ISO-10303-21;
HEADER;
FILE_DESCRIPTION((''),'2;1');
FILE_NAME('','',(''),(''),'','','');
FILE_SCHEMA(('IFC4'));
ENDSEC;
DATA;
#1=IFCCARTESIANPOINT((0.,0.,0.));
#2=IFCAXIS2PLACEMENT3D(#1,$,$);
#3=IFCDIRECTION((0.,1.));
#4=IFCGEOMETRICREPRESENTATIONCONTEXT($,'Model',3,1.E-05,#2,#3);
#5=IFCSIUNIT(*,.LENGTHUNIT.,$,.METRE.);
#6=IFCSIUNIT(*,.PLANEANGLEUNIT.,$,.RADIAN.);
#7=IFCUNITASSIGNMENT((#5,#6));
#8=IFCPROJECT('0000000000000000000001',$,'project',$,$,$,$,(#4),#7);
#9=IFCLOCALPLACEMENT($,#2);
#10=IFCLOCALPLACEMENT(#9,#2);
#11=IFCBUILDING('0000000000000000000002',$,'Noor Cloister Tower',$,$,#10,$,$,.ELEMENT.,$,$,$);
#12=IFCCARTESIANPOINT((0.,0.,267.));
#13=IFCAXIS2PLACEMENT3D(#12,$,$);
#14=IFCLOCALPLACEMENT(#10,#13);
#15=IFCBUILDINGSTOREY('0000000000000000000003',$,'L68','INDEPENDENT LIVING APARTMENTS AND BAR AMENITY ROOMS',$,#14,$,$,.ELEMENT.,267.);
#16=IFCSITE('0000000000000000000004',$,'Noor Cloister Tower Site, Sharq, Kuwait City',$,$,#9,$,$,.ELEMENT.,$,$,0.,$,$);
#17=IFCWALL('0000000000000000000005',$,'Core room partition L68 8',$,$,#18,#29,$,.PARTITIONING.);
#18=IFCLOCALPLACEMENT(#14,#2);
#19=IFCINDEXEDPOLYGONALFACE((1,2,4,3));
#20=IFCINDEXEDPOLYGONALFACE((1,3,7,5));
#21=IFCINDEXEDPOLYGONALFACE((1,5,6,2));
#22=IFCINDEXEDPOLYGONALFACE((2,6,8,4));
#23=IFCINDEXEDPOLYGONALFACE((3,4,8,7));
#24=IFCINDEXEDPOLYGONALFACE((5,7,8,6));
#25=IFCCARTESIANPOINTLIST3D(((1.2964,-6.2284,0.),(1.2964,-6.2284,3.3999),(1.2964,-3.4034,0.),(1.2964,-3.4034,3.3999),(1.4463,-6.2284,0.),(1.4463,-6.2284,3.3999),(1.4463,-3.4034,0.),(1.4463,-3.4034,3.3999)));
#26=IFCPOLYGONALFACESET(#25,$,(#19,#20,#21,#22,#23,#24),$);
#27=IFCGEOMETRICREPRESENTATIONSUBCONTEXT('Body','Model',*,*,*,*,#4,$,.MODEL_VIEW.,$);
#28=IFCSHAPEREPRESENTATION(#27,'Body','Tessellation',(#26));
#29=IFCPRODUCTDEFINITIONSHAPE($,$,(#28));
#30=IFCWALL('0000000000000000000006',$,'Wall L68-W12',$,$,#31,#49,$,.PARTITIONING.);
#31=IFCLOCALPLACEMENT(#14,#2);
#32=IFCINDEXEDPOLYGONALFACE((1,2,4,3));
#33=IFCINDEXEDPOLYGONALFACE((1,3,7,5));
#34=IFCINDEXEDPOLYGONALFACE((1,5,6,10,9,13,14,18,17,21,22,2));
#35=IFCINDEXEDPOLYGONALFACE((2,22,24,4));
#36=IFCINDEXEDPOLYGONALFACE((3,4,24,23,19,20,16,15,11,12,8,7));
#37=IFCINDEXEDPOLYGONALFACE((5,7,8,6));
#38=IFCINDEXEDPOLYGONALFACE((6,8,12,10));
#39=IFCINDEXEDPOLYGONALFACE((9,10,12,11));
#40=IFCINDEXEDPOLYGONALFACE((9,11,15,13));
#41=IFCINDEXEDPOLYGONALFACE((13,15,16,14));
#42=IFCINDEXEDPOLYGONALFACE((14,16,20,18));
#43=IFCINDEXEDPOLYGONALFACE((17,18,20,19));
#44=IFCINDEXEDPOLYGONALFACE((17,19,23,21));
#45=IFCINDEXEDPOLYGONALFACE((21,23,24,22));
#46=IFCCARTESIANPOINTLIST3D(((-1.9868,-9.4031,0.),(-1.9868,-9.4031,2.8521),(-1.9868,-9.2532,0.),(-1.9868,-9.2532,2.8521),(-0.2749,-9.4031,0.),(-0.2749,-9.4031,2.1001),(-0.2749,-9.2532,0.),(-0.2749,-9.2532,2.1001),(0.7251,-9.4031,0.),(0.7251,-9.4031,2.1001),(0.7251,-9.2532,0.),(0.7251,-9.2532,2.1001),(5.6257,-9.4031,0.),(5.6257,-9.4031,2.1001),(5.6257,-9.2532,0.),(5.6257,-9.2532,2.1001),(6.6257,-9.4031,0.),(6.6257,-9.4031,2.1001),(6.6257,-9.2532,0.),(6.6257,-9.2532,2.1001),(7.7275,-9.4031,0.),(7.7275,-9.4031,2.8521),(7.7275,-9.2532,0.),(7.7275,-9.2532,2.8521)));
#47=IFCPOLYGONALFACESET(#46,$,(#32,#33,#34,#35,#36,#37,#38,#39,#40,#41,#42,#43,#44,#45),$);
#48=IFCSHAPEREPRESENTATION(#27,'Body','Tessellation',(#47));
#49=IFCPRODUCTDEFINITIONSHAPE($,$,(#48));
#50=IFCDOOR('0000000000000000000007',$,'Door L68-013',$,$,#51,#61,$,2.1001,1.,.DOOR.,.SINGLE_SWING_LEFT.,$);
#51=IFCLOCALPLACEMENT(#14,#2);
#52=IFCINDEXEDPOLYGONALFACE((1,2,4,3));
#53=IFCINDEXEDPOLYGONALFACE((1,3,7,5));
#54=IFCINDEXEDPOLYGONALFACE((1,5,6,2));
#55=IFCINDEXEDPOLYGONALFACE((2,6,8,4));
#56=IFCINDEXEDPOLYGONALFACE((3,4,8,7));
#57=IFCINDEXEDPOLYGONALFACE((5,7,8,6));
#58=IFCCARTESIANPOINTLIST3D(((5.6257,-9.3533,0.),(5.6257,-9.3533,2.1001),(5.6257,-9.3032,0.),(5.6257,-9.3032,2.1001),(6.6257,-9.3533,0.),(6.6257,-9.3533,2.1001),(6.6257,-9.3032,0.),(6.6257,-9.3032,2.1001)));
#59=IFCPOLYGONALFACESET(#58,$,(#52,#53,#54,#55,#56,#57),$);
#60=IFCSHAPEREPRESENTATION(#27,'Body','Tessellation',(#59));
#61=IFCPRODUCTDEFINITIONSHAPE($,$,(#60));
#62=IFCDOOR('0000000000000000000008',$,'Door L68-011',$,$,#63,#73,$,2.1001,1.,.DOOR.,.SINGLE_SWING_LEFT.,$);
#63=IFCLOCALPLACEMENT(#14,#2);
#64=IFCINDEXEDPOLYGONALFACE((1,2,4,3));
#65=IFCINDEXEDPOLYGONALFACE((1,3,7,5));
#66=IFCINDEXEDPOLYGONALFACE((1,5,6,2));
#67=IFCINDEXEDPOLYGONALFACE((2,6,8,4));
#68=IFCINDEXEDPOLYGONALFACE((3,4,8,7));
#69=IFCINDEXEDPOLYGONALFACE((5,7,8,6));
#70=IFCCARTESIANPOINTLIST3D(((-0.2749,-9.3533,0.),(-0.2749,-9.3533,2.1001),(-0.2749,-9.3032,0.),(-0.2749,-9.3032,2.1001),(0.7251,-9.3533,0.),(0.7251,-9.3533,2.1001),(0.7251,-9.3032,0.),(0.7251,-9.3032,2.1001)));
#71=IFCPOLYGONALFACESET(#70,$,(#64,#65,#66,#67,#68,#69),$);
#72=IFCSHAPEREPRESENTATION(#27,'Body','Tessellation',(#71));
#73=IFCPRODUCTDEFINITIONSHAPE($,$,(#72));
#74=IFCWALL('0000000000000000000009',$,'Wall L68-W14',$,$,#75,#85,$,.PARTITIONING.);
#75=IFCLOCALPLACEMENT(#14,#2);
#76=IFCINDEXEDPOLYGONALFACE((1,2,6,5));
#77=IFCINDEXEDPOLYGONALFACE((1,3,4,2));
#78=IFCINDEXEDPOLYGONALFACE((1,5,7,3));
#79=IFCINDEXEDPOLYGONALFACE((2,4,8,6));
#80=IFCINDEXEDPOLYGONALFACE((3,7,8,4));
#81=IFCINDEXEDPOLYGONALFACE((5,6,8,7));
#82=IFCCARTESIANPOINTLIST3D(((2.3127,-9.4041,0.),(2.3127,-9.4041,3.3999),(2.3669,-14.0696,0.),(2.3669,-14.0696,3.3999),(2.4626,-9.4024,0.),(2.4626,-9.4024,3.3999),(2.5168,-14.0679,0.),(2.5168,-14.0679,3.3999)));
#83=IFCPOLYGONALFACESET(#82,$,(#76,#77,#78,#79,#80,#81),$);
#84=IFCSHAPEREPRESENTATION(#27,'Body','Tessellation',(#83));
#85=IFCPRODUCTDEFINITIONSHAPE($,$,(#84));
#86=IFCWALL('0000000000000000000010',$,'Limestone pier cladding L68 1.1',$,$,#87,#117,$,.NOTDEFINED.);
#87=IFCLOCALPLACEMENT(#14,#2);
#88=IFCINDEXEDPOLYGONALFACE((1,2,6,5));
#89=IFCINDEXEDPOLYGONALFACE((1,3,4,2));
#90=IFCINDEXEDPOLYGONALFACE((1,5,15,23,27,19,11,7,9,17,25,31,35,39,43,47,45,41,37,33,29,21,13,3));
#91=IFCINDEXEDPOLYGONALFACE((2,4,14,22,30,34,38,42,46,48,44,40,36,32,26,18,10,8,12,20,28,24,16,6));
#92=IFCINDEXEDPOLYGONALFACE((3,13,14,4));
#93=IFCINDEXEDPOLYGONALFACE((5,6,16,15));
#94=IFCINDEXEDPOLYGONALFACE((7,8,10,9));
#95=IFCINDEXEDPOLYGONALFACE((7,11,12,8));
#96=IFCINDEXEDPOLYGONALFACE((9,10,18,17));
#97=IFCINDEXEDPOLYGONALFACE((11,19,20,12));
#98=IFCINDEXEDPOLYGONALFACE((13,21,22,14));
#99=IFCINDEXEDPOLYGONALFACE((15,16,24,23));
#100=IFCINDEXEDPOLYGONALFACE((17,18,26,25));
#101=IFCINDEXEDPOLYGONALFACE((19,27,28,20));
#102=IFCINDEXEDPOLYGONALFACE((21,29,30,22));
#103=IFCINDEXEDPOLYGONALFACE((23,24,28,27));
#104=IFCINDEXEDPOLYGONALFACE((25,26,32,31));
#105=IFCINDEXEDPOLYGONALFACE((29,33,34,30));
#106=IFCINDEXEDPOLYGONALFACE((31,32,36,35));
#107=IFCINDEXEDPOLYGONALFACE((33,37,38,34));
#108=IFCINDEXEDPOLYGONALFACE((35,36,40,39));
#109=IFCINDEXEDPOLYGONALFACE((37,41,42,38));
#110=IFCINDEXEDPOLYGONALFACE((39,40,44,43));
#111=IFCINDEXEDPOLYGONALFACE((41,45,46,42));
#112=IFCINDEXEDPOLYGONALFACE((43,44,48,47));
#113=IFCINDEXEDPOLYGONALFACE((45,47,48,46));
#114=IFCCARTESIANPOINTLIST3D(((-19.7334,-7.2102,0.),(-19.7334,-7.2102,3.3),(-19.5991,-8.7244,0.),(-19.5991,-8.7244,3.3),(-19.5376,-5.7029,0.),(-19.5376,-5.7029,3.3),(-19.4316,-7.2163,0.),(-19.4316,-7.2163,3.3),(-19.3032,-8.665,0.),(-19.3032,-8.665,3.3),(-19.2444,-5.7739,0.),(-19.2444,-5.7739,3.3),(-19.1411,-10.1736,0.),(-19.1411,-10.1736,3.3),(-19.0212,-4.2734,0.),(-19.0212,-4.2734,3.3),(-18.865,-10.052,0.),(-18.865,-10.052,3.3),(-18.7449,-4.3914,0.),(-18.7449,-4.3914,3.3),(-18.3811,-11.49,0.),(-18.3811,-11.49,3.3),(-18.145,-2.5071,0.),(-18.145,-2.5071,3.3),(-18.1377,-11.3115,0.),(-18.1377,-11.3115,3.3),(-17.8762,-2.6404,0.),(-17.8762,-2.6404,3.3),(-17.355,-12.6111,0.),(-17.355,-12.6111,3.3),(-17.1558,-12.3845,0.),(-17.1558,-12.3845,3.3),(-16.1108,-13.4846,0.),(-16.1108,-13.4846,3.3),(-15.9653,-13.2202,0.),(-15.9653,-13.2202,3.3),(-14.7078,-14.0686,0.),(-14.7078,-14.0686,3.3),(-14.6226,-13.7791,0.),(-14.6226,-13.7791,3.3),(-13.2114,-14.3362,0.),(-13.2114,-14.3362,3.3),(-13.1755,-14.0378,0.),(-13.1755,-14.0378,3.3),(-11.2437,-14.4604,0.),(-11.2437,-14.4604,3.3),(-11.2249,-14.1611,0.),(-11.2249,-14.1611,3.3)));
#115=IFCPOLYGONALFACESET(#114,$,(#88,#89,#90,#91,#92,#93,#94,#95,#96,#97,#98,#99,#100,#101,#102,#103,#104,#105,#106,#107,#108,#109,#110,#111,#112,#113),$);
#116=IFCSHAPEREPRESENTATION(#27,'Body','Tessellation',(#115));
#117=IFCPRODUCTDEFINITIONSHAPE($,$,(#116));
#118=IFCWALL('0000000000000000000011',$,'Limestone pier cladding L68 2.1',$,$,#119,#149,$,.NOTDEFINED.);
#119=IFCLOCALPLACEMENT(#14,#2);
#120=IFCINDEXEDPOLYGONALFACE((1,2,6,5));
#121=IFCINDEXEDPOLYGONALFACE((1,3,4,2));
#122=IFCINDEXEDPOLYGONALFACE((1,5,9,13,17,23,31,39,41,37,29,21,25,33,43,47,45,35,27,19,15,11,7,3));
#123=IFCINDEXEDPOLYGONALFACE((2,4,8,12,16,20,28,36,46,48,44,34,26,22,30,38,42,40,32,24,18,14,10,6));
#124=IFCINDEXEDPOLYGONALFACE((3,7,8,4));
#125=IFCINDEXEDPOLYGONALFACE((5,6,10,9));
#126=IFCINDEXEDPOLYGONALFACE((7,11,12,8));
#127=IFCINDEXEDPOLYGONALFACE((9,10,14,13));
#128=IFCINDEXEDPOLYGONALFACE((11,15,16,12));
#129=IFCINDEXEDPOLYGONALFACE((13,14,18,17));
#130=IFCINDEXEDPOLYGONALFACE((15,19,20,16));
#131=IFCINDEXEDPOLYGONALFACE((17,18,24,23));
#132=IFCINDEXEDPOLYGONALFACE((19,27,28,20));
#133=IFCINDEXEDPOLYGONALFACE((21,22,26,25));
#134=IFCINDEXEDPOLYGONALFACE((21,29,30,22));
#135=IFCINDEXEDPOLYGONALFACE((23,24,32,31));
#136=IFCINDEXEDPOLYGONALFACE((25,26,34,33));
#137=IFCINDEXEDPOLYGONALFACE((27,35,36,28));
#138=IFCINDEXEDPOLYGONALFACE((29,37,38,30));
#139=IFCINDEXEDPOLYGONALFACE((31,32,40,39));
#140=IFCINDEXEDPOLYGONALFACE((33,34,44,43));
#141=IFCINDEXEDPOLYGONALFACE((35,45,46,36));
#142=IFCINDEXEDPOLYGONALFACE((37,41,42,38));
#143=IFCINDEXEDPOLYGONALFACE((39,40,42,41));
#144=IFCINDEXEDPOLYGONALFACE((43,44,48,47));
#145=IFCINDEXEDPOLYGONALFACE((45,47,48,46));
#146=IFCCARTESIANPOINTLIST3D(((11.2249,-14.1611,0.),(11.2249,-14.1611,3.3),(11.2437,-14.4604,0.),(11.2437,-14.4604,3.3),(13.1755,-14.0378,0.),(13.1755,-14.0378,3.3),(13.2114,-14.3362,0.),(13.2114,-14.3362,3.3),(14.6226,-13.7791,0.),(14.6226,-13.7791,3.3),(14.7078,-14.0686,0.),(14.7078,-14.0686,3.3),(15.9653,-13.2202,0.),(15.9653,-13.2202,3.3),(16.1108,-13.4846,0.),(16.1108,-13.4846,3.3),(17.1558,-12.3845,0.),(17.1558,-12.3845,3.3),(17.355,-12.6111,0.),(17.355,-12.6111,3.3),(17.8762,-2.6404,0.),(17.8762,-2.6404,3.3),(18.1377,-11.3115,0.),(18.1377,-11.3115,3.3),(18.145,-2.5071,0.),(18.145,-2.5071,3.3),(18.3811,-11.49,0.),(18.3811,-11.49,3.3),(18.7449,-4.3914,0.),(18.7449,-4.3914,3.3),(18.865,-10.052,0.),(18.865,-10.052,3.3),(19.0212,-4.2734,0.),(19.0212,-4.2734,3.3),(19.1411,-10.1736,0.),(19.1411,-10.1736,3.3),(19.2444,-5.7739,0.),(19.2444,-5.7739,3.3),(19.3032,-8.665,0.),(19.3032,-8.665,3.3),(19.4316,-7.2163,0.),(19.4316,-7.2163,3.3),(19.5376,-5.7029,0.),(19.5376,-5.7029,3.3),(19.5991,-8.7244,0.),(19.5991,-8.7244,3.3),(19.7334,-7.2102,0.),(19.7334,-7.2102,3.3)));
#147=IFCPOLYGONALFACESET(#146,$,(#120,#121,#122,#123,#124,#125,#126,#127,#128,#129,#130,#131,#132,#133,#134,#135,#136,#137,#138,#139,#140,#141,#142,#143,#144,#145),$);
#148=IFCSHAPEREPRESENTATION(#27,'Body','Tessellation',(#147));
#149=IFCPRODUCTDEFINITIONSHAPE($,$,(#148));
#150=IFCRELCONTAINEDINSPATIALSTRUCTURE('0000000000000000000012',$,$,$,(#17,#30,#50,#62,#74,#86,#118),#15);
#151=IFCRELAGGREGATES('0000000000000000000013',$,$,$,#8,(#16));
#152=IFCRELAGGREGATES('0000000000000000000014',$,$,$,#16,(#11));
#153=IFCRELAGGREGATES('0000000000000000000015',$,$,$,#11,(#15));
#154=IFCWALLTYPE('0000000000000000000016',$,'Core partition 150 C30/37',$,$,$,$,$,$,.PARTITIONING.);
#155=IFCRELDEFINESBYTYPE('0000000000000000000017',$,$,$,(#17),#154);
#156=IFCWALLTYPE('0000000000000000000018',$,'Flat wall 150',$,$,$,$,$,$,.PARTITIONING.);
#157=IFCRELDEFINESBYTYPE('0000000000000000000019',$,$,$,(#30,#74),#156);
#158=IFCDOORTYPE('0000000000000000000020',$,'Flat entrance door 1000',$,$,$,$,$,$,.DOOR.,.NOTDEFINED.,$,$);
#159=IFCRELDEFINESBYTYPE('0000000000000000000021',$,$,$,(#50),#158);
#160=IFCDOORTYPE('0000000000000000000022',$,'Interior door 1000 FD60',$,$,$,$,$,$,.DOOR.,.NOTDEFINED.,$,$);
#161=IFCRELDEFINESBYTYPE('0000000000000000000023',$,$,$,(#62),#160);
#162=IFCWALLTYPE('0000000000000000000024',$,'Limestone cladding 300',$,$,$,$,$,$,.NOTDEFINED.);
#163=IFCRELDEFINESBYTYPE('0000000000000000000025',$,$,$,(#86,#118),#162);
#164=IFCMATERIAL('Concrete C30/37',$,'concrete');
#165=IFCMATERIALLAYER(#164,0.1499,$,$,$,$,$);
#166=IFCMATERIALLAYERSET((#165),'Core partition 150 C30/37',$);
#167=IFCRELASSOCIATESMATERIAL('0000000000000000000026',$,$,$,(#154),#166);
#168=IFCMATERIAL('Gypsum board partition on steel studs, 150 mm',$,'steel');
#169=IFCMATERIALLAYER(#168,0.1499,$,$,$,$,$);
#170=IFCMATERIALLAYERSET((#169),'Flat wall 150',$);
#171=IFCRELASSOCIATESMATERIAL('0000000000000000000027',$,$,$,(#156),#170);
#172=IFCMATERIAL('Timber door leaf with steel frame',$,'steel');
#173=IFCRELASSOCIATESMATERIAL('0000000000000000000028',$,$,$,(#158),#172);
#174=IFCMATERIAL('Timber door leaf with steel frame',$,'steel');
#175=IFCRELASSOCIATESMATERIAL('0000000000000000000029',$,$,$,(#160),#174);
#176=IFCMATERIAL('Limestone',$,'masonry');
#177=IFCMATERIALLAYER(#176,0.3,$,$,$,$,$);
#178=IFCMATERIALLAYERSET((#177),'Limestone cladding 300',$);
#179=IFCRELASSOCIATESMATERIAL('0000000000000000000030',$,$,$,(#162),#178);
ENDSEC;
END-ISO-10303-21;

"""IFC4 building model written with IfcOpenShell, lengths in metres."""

from ifc_helpers import new_model, si_unit, direction, frame, frame_2d, origin, place, context, subcontext, project, spatial, polyline, rectangle, outline, extrude, material, layer, layer_set, type_object, element, fill, save


model = new_model("IFC4")

# Units and contexts
model_context = context("Model", 3, precision=1e-05, world=origin(), true_north=direction((0.0, 1.0)))
body_context = subcontext(model_context, "Body", "Model", "MODEL_VIEW")
ifc_project = project(units=[si_unit("LENGTHUNIT", "METRE"), si_unit("PLANEANGLEUNIT", "RADIAN")], contexts=[model_context])

# Site, building, storey
site_placement = place(None, origin())
site = spatial("IfcSite", under=ifc_project, at=site_placement, Name="Noor Cloister Tower Site, Sharq, Kuwait City", CompositionType="ELEMENT", RefElevation=0.0)
building_placement = place(site_placement, origin())
building = spatial("IfcBuilding", under=site, at=building_placement, Name="Noor Cloister Tower", CompositionType="ELEMENT")
storey_placement = place(building_placement, frame((0.0, 0.0, 267.0)))
storey = spatial("IfcBuildingStorey", under=building, at=storey_placement, Name="L68", Description="INDEPENDENT LIVING APARTMENTS AND BAR AMENITY ROOMS", CompositionType="ELEMENT", Elevation=267.0)

# Wall
ifc_material_1 = material(Name="Concrete C30/37", Category="concrete")
ifc_layer_1 = layer(ifc_material_1, 0.1499)
ifc_layer_set_1 = layer_set([ifc_layer_1], Name="Core partition 150 C30/37")
wall_type_1 = type_object("IfcWallType", Name="Core partition 150 C30/37", PredefinedType="PARTITIONING", material=ifc_layer_set_1)
wall_1_placement = place(storey_placement, frame((1.3713, -3.4033, 0.0), z_axis=(0.0, 0.0, 1.0), x_axis=(0.0, -1.0, 0.0)))
element("IfcWall", 1, at=wall_1_placement, inside=storey, type_object=wall_type_1, Name="Core room partition L68 8", PredefinedType="PARTITIONING", context=body_context, shape_type="SweptSolid", body=[
    extrude(rectangle(XDim=2.825, YDim=0.1499, at=frame_2d((1.4126, 0.0))), origin(), (0.0, 0.0, 1.0), 3.3999),
])

# Wall, openings, doors
ifc_material_2 = material(Name="Gypsum board partition on steel studs, 150 mm", Category="steel")
ifc_layer_2 = layer(ifc_material_2, 0.1499)
ifc_layer_set_2 = layer_set([ifc_layer_2], Name="Flat wall 150")
wall_type_2 = type_object("IfcWallType", Name="Flat wall 150", PredefinedType="PARTITIONING", material=ifc_layer_set_2)
wall_2_placement = place(storey_placement, frame((-1.9868, -9.3281, 0.0), z_axis=(0.0, 0.0, 1.0), x_axis=(1.0, 0.0, 0.0)))
wall_2 = element("IfcWall", 2, at=wall_2_placement, inside=storey, type_object=wall_type_2, Name="Wall L68-W12", PredefinedType="PARTITIONING", context=body_context, shape_type="SweptSolid", body=[
    extrude(rectangle(XDim=9.7144, YDim=0.1499, at=frame_2d((4.8572, 0.0))), origin(), (0.0, 0.0, 1.0), 2.8521),
])
opening_1_placement = place(wall_2_placement, frame((1.7119, 0.0, 0.0)))
opening_1 = element("IfcOpeningElement", 3, at=opening_1_placement, cuts=wall_2, PredefinedType="OPENING", context=body_context, shape_type="SweptSolid", body=[
    extrude(rectangle(XDim=1.0, YDim=2.1001, at=frame_2d((0.5, 1.05))), frame((0.0, 0.085, 0.0), z_axis=(0.0, -1.0, 0.0), x_axis=(1.0, 0.0, 0.0)), (0.0, 0.0, 1.0), 0.1699),
])
opening_2_placement = place(wall_2_placement, frame((7.6125, 0.0, 0.0)))
opening_2 = element("IfcOpeningElement", 4, at=opening_2_placement, cuts=wall_2, PredefinedType="OPENING", context=body_context, shape_type="SweptSolid", body=[
    extrude(rectangle(XDim=1.0, YDim=2.1001, at=frame_2d((0.5, 1.05))), frame((0.0, 0.085, 0.0), z_axis=(0.0, -1.0, 0.0), x_axis=(1.0, 0.0, 0.0)), (0.0, 0.0, 1.0), 0.1699),
])
ifc_material_3 = material(Name="Timber door leaf with steel frame", Category="steel")
door_type_1 = type_object("IfcDoorType", Name="Flat entrance door 1000", OperationType="NOTDEFINED", PredefinedType="DOOR", material=ifc_material_3)
door_1_placement = place(opening_2_placement, origin())
door_1 = element("IfcDoor", 5, at=door_1_placement, inside=storey, type_object=door_type_1, Name="Door L68-013", OperationType="SINGLE_SWING_LEFT", OverallHeight=2.1001, OverallWidth=1.0, PredefinedType="DOOR", context=body_context, shape_type="SweptSolid", body=[
    extrude(rectangle(XDim=1.0, YDim=2.1001, at=frame_2d((0.5, 1.05))), frame((0.0, 0.0249, 0.0), z_axis=(0.0, -1.0, 0.0), x_axis=(1.0, 0.0, 0.0)), (0.0, 0.0, 1.0), 0.05),
])
fill(opening_2, door_1)
ifc_material_4 = material(Name="Timber door leaf with steel frame", Category="steel")
door_type_2 = type_object("IfcDoorType", Name="Interior door 1000 FD60", OperationType="NOTDEFINED", PredefinedType="DOOR", material=ifc_material_4)
door_2_placement = place(opening_1_placement, origin())
door_2 = element("IfcDoor", 6, at=door_2_placement, inside=storey, type_object=door_type_2, Name="Door L68-011", OperationType="SINGLE_SWING_LEFT", OverallHeight=2.1001, OverallWidth=1.0, PredefinedType="DOOR", context=body_context, shape_type="SweptSolid", body=[
    extrude(rectangle(XDim=1.0, YDim=2.1001, at=frame_2d((0.5, 1.05))), frame((0.0, 0.0249, 0.0), z_axis=(0.0, -1.0, 0.0), x_axis=(1.0, 0.0, 0.0)), (0.0, 0.0, 1.0), 0.05),
])
fill(opening_1, door_2)

# Walls
wall_3_placement = place(storey_placement, frame((2.4419, -14.0688, 0.0), z_axis=(0.0, 0.0, 1.0), x_axis=(-0.011616, 0.999933, 0.0)))
element("IfcWall", 7, at=wall_3_placement, inside=storey, type_object=wall_type_2, Name="Wall L68-W14", PredefinedType="PARTITIONING", context=body_context, shape_type="SweptSolid", body=[
    extrude(rectangle(XDim=4.6658, YDim=0.1499, at=frame_2d((2.333, 0.0))), origin(), (0.0, 0.0, 1.0), 3.3999),
])
ifc_material_5 = material(Name="Limestone", Category="masonry")
ifc_layer_3 = layer(ifc_material_5, 0.3)
ifc_layer_set_3 = layer_set([ifc_layer_3], Name="Limestone cladding 300")
wall_type_3 = type_object("IfcWallType", Name="Limestone cladding 300", PredefinedType="NOTDEFINED", material=ifc_layer_set_3)
wall_4_placement = place(storey_placement, origin())
element("IfcWall", 8, at=wall_4_placement, inside=storey, type_object=wall_type_3, Name="Limestone pier cladding L68 1.1", PredefinedType="NOTDEFINED", context=body_context, shape_type="SweptSolid", body=[
    extrude(outline(polyline([(-18.145, -2.5071), (-19.0212, -4.2734), (-19.5376, -5.7029), (-19.7334, -7.2102), (-19.5991, -8.7244), (-19.1411, -10.1736), (-18.3811, -11.49), (-17.355, -12.6111), (-16.1108, -13.4846), (-14.7078, -14.0686), (-13.2114, -14.3362), (-11.2437, -14.4604), (-11.2249, -14.1611), (-13.1755, -14.0378), (-14.6226, -13.7791), (-15.9653, -13.2202), (-17.1558, -12.3845), (-18.1377, -11.3115), (-18.865, -10.052), (-19.3032, -8.665), (-19.4316, -7.2163), (-19.2444, -5.7739), (-18.7449, -4.3914), (-17.8762, -2.6404), (-18.145, -2.5071)])), origin(), (0.0, 0.0, 1.0), 3.3),
])
wall_5_placement = place(storey_placement, origin())
element("IfcWall", 9, at=wall_5_placement, inside=storey, type_object=wall_type_3, Name="Limestone pier cladding L68 2.1", PredefinedType="NOTDEFINED", context=body_context, shape_type="SweptSolid", body=[
    extrude(outline(polyline([(11.2437, -14.4604), (13.2114, -14.3362), (14.7078, -14.0686), (16.1108, -13.4846), (17.355, -12.6111), (18.3811, -11.49), (19.1411, -10.1736), (19.5991, -8.7244), (19.7334, -7.2102), (19.5376, -5.7029), (19.0212, -4.2734), (18.145, -2.5071), (17.8762, -2.6404), (18.7449, -4.3914), (19.2444, -5.7739), (19.4316, -7.2163), (19.3032, -8.665), (18.865, -10.052), (18.1377, -11.3115), (17.1558, -12.3845), (15.9653, -13.2202), (14.6226, -13.7791), (13.1755, -14.0378), (11.2249, -14.1611), (11.2437, -14.4604)])), origin(), (0.0, 0.0, 1.0), 3.3),
])

save(model, "model.ifc")
